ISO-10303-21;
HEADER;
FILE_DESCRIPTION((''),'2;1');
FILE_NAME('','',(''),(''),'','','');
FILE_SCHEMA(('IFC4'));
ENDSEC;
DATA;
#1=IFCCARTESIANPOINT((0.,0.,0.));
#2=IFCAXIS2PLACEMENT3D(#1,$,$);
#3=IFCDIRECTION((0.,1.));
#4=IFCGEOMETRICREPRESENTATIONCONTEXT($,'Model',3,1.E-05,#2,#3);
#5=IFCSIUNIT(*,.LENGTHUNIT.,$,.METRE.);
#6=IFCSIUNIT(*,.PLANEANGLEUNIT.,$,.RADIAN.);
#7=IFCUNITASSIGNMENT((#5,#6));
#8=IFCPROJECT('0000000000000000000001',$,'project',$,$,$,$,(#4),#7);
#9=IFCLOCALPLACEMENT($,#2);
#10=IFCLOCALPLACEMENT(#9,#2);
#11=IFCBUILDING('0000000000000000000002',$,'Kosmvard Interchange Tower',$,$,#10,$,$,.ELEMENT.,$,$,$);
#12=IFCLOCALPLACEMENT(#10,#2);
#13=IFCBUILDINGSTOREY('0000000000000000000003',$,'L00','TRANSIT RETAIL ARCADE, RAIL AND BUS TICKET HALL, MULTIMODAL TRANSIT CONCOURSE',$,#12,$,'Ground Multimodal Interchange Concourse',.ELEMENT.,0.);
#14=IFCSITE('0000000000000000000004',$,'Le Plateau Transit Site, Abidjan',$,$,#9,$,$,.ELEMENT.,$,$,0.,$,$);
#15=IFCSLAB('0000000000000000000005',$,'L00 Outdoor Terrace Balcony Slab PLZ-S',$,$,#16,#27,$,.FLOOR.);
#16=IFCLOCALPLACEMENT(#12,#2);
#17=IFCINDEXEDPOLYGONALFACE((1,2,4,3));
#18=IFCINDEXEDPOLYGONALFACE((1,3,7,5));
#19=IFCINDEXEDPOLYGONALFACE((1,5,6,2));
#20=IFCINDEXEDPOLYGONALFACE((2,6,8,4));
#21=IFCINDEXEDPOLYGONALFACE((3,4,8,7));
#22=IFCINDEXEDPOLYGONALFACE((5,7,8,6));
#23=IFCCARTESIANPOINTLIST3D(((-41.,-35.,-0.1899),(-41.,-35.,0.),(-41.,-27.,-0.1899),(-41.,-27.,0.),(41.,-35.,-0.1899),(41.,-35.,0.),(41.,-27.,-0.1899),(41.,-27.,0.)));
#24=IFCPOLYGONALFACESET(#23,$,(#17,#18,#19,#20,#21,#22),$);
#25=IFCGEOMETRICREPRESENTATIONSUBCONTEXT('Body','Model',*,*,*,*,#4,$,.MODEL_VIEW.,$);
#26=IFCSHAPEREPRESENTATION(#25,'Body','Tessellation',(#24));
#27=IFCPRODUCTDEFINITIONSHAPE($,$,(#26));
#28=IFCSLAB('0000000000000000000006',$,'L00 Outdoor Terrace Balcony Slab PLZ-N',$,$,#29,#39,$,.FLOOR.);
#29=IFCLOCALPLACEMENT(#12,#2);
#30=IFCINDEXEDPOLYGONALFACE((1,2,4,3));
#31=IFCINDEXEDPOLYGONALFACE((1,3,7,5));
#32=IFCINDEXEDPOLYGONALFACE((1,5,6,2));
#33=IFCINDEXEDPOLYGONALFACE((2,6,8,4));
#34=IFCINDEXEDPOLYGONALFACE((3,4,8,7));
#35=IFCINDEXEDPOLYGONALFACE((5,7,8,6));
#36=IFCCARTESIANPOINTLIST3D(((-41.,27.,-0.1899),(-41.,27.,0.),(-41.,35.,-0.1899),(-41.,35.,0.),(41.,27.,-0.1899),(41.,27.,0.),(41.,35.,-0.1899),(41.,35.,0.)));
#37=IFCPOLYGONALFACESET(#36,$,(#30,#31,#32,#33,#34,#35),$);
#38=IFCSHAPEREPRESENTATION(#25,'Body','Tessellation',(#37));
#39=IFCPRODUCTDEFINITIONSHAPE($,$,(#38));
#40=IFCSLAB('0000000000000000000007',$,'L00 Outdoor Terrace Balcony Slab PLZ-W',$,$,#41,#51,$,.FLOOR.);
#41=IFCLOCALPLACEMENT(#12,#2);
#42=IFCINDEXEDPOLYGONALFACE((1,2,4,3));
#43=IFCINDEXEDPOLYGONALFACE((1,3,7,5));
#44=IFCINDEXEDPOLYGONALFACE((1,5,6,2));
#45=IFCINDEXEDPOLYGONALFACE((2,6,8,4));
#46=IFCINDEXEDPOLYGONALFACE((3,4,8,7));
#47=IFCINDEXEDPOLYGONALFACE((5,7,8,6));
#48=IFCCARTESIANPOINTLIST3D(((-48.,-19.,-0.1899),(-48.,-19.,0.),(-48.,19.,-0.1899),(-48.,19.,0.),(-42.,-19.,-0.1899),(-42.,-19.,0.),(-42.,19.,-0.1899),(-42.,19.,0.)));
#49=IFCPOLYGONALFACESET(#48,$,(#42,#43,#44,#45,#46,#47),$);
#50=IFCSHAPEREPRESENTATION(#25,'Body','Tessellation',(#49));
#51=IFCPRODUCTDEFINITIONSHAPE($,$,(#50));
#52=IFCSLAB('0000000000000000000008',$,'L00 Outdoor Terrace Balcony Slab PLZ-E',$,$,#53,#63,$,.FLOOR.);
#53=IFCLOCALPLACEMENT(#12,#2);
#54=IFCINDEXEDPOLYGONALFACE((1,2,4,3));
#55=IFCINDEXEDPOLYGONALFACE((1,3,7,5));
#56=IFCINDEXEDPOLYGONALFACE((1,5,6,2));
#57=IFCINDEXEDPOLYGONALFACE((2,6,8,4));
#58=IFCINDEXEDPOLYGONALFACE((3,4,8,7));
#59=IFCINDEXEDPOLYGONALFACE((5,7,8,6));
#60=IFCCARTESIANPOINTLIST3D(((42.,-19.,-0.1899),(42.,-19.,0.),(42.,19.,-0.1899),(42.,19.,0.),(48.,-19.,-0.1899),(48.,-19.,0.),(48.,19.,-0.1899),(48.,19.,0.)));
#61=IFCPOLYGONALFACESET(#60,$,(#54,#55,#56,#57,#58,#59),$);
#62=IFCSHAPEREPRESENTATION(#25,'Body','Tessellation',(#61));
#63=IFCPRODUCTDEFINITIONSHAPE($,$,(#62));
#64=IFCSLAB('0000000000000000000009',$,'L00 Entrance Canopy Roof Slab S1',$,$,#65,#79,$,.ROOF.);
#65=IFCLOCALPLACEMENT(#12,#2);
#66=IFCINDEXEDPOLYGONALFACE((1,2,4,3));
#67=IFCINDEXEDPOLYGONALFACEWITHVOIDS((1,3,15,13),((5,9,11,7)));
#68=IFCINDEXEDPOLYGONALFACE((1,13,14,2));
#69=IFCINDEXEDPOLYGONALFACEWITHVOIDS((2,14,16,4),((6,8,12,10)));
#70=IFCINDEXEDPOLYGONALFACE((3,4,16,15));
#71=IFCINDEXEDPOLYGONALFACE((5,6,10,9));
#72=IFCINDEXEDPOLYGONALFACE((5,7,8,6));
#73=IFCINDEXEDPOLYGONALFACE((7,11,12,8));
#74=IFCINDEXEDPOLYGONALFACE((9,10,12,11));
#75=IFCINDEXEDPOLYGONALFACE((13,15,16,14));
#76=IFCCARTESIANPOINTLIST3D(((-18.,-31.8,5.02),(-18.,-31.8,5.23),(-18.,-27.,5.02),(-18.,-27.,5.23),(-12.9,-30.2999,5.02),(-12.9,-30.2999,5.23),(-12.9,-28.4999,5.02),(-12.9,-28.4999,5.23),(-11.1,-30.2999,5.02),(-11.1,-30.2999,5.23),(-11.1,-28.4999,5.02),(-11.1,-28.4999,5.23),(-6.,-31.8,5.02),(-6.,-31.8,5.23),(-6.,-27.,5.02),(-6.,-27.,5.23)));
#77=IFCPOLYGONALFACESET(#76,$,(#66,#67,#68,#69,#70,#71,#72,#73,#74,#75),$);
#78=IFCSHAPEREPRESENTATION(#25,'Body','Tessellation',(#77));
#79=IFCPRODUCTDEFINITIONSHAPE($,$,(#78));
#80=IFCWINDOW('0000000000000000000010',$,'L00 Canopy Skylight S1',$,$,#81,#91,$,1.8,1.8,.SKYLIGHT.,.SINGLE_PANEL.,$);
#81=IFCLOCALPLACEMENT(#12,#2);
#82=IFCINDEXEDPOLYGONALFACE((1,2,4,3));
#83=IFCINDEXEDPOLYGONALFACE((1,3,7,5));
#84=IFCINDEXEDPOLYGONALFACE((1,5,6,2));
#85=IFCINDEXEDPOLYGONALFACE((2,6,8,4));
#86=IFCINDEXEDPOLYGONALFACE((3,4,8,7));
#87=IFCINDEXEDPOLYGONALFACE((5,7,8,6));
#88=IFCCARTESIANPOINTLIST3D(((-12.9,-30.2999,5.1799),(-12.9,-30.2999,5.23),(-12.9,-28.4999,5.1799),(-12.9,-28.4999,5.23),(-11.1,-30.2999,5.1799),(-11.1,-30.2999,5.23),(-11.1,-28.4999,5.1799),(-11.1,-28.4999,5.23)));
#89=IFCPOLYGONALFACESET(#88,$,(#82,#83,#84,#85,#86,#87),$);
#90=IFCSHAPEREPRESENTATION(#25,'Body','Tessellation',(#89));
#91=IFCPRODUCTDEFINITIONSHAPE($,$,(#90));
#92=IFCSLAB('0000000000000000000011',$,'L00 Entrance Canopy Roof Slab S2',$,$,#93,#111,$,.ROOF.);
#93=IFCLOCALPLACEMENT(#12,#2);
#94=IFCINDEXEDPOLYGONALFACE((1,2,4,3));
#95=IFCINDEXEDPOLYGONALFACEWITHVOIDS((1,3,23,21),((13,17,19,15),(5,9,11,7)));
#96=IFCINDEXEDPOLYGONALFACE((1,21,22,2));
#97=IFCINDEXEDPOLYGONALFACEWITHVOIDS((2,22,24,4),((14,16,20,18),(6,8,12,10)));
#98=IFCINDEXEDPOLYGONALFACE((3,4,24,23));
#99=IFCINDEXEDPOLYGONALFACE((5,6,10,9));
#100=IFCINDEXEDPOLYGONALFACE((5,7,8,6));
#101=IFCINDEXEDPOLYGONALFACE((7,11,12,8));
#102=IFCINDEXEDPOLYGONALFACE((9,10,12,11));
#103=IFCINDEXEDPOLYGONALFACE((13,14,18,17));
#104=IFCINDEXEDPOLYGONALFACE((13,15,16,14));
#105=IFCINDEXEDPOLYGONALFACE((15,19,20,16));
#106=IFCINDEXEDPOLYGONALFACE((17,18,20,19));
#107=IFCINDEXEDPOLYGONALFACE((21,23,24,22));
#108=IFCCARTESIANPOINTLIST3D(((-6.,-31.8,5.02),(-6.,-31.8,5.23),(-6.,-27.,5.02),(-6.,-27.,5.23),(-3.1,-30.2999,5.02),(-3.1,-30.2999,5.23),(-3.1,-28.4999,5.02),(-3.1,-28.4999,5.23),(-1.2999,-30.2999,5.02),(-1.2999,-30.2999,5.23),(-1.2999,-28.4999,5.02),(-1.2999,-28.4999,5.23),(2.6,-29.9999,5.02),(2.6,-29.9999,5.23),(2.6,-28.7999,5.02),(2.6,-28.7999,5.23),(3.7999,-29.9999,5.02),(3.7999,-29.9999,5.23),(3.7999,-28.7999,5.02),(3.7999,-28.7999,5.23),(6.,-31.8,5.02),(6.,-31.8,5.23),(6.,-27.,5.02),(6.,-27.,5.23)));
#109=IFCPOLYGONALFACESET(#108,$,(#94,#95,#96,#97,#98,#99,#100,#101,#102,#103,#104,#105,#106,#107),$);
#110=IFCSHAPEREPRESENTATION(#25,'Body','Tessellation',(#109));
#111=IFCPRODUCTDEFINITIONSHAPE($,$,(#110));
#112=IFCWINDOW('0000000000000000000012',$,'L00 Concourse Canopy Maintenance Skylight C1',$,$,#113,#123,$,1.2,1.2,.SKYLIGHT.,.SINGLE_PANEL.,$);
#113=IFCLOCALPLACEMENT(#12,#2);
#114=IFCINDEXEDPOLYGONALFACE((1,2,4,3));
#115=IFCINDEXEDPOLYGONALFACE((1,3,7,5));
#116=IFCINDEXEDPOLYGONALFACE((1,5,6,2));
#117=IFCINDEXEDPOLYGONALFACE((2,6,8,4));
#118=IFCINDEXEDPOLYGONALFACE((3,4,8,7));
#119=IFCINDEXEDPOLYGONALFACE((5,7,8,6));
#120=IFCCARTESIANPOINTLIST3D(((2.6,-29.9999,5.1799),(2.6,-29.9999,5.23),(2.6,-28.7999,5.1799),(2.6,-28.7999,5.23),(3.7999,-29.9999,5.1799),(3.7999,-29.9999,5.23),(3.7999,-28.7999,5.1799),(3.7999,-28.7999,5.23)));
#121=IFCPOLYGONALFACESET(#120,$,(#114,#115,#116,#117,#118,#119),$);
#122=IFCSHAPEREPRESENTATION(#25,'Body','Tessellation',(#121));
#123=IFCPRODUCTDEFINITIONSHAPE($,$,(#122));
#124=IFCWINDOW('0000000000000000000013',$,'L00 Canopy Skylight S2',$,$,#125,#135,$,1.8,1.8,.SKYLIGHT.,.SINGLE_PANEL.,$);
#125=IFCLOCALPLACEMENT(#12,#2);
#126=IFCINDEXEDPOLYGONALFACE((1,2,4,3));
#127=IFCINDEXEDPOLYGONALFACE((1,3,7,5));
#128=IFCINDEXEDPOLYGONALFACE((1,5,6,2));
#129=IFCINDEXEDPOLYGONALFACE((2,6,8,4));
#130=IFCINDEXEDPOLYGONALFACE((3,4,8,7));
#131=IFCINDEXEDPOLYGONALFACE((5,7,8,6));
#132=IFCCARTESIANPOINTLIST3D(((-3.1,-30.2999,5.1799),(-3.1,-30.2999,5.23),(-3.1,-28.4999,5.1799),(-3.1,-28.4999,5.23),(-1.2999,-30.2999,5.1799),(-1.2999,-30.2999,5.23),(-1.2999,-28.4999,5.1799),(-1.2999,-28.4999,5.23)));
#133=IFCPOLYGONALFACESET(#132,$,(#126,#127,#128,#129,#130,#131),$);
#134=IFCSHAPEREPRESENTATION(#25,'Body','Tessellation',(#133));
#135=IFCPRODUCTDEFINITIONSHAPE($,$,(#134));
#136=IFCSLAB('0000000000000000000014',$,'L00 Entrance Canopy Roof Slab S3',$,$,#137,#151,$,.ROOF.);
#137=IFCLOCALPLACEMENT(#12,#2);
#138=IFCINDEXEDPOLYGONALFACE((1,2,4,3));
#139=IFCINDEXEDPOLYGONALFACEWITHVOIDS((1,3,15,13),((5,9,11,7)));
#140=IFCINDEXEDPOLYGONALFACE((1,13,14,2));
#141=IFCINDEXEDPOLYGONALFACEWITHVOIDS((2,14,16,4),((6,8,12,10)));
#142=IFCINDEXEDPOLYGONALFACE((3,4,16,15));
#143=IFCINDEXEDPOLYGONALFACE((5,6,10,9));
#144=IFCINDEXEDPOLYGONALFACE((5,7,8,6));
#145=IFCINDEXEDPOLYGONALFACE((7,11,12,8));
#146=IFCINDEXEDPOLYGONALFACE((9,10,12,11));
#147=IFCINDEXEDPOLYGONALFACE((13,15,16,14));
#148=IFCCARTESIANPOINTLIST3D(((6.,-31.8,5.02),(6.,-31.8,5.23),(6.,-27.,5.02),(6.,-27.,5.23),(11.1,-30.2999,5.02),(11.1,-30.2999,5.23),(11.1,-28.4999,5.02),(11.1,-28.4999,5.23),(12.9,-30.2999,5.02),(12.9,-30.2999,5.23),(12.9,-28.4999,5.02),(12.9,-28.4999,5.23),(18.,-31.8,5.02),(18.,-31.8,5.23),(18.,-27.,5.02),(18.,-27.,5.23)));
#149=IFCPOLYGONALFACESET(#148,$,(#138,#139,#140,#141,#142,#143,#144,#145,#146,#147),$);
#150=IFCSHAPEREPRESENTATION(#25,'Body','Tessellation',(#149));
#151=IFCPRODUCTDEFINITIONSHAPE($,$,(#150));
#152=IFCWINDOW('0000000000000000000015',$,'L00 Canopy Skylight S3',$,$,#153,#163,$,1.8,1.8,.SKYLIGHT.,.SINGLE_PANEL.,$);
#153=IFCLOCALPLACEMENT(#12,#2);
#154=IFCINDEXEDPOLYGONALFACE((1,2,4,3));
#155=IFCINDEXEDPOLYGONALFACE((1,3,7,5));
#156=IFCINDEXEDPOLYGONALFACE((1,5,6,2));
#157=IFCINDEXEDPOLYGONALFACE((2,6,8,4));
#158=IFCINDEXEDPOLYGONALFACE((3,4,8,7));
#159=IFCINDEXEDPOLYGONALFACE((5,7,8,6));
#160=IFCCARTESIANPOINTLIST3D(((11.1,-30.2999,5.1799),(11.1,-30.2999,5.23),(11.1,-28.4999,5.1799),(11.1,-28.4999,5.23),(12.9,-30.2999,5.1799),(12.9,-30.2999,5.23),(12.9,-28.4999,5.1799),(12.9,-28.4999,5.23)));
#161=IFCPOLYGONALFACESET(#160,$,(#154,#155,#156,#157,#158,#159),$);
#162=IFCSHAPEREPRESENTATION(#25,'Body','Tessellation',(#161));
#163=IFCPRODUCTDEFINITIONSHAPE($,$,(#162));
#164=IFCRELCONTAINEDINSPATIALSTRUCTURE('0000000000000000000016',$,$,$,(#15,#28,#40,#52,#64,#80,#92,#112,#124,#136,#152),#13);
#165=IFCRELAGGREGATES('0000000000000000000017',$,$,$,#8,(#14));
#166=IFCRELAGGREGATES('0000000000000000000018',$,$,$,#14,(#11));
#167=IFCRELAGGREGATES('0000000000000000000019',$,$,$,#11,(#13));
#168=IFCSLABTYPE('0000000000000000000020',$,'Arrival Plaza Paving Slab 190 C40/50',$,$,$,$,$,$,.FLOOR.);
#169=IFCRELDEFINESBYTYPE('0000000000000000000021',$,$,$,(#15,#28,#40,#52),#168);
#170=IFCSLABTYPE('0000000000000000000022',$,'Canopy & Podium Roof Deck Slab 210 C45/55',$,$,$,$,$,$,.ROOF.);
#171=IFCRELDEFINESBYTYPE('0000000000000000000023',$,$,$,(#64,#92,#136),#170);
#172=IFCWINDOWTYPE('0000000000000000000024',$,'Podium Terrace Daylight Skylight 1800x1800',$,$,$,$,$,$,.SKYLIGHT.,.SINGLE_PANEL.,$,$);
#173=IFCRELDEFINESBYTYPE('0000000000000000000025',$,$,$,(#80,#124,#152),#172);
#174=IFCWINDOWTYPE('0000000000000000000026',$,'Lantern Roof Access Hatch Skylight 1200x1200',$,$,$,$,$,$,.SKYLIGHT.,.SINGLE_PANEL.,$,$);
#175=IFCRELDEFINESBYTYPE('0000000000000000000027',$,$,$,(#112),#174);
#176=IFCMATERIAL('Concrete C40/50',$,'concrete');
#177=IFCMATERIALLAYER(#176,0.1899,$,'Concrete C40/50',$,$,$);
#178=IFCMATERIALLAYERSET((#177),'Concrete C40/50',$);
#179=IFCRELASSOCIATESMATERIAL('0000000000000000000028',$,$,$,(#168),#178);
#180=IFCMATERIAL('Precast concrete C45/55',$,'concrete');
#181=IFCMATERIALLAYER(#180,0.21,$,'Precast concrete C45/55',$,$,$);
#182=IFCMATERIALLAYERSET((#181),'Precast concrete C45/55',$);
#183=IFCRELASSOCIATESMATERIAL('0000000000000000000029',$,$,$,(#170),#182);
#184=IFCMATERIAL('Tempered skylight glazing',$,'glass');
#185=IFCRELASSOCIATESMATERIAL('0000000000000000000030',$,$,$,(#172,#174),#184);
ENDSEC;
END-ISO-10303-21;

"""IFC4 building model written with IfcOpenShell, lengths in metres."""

from ifc_helpers import new_model, si_unit, direction, frame, origin, origin_2d, place, context, subcontext, project, spatial, polyline, rectangle, outline, extrude, material, layer, layer_set, type_object, element, fill, save


model = new_model("IFC4")

# Units and contexts
model_context = context("Model", 3, precision=1e-05, world=origin(), true_north=direction((0.0, 1.0)))
body_context = subcontext(model_context, "Body", "Model", "MODEL_VIEW")
ifc_project = project(units=[si_unit("LENGTHUNIT", "METRE"), si_unit("PLANEANGLEUNIT", "RADIAN")], contexts=[model_context])

# Site, building, storey
site_placement = place(None, origin())
site = spatial("IfcSite", under=ifc_project, at=site_placement, Name="Le Plateau Transit Site, Abidjan", CompositionType="ELEMENT", RefElevation=0.0)
building_placement = place(site_placement, origin())
building = spatial("IfcBuilding", under=site, at=building_placement, Name="Kosmvard Interchange Tower", CompositionType="ELEMENT")
storey_placement = place(building_placement, origin())
storey = spatial("IfcBuildingStorey", under=building, at=storey_placement, Name="L00", Description="TRANSIT RETAIL ARCADE, RAIL AND BUS TICKET HALL, MULTIMODAL TRANSIT CONCOURSE", LongName="Ground Multimodal Interchange Concourse", CompositionType="ELEMENT", Elevation=0.0)

# Slabs
ifc_material_1 = material(Name="Concrete C40/50", Category="concrete")
ifc_layer_1 = layer(ifc_material_1, 0.1899, Name="Concrete C40/50")
ifc_layer_set_1 = layer_set([ifc_layer_1], Name="Concrete C40/50")
slab_type_1 = type_object("IfcSlabType", Name="Arrival Plaza Paving Slab 190 C40/50", PredefinedType="FLOOR", material=ifc_layer_set_1)
slab_1_placement = place(storey_placement, frame((0.0, 0.0, -0.1899)))
element("IfcSlab", 1, at=slab_1_placement, inside=storey, type_object=slab_type_1, Name="L00 Outdoor Terrace Balcony Slab PLZ-S", PredefinedType="FLOOR", context=body_context, shape_type="SweptSolid", body=[
    extrude(outline(polyline([(-41.0, -35.0), (41.0, -35.0), (41.0, -27.0), (-41.0, -27.0), (-41.0, -35.0)])), origin(), (0.0, 0.0, 1.0), 0.1899),
])
slab_2_placement = place(storey_placement, frame((0.0, 0.0, -0.1899)))
element("IfcSlab", 2, at=slab_2_placement, inside=storey, type_object=slab_type_1, Name="L00 Outdoor Terrace Balcony Slab PLZ-N", PredefinedType="FLOOR", context=body_context, shape_type="SweptSolid", body=[
    extrude(outline(polyline([(-41.0, 27.0), (41.0, 27.0), (41.0, 35.0), (-41.0, 35.0), (-41.0, 27.0)])), origin(), (0.0, 0.0, 1.0), 0.1899),
])
slab_3_placement = place(storey_placement, frame((0.0, 0.0, -0.1899)))
element("IfcSlab", 3, at=slab_3_placement, inside=storey, type_object=slab_type_1, Name="L00 Outdoor Terrace Balcony Slab PLZ-W", PredefinedType="FLOOR", context=body_context, shape_type="SweptSolid", body=[
    extrude(outline(polyline([(-48.0, -19.0), (-42.0, -19.0), (-42.0, 19.0), (-48.0, 19.0), (-48.0, -19.0)])), origin(), (0.0, 0.0, 1.0), 0.1899),
])
slab_4_placement = place(storey_placement, frame((0.0, 0.0, -0.1899)))
element("IfcSlab", 4, at=slab_4_placement, inside=storey, type_object=slab_type_1, Name="L00 Outdoor Terrace Balcony Slab PLZ-E", PredefinedType="FLOOR", context=body_context, shape_type="SweptSolid", body=[
    extrude(outline(polyline([(42.0, -19.0), (48.0, -19.0), (48.0, 19.0), (42.0, 19.0), (42.0, -19.0)])), origin(), (0.0, 0.0, 1.0), 0.1899),
])

# Slab, opening, window
ifc_material_2 = material(Name="Precast concrete C45/55", Category="concrete")
ifc_layer_2 = layer(ifc_material_2, 0.21, Name="Precast concrete C45/55")
ifc_layer_set_2 = layer_set([ifc_layer_2], Name="Precast concrete C45/55")
slab_type_2 = type_object("IfcSlabType", Name="Canopy & Podium Roof Deck Slab 210 C45/55", PredefinedType="ROOF", material=ifc_layer_set_2)
slab_5_placement = place(storey_placement, frame((0.0, 0.0, 5.02)))
slab_5 = element("IfcSlab", 5, at=slab_5_placement, inside=storey, type_object=slab_type_2, Name="L00 Entrance Canopy Roof Slab S1", PredefinedType="ROOF", context=body_context, shape_type="SweptSolid", body=[
    extrude(outline(polyline([(-18.0, -31.8), (-6.0, -31.8), (-6.0, -27.0), (-18.0, -27.0), (-18.0, -31.8)])), origin(), (0.0, 0.0, 1.0), 0.21),
])
opening_1_placement = place(slab_5_placement, frame((-12.0, -29.3999, -0.01)))
opening_1 = element("IfcOpeningElement", 6, at=opening_1_placement, cuts=slab_5, PredefinedType="OPENING", context=body_context, shape_type="SweptSolid", body=[
    extrude(rectangle(XDim=1.8, YDim=1.8, at=origin_2d()), origin(), (0.0, 0.0, 1.0), 0.23),
])
ifc_material_3 = material(Name="Tempered skylight glazing", Category="glass")
window_type_1 = type_object("IfcWindowType", Name="Podium Terrace Daylight Skylight 1800x1800", PartitioningType="SINGLE_PANEL", PredefinedType="SKYLIGHT", material=ifc_material_3)
window_1_placement = place(opening_1_placement, frame((0.0, 0.0, 0.1699)))
window_1 = element("IfcWindow", 7, at=window_1_placement, inside=storey, type_object=window_type_1, Name="L00 Canopy Skylight S1", OverallHeight=1.8, OverallWidth=1.8, PartitioningType="SINGLE_PANEL", PredefinedType="SKYLIGHT", context=body_context, shape_type="SweptSolid", body=[
    extrude(rectangle(XDim=1.8, YDim=1.8, at=origin_2d()), origin(), (0.0, 0.0, 1.0), 0.05),
])
fill(opening_1, window_1)

# Slab, openings, windows
slab_6_placement = place(storey_placement, frame((0.0, 0.0, 5.02)))
slab_6 = element("IfcSlab", 8, at=slab_6_placement, inside=storey, type_object=slab_type_2, Name="L00 Entrance Canopy Roof Slab S2", PredefinedType="ROOF", context=body_context, shape_type="SweptSolid", body=[
    extrude(outline(polyline([(-6.0, -31.8), (6.0, -31.8), (6.0, -27.0), (-6.0, -27.0), (-6.0, -31.8)])), origin(), (0.0, 0.0, 1.0), 0.21),
])
opening_2_placement = place(slab_6_placement, frame((-2.2, -29.3999, -0.01)))
opening_2 = element("IfcOpeningElement", 9, at=opening_2_placement, cuts=slab_6, PredefinedType="OPENING", context=body_context, shape_type="SweptSolid", body=[
    extrude(rectangle(XDim=1.8, YDim=1.8, at=origin_2d()), origin(), (0.0, 0.0, 1.0), 0.23),
])
opening_3_placement = place(slab_6_placement, frame((3.2, -29.3999, -0.01)))
opening_3 = element("IfcOpeningElement", 10, at=opening_3_placement, cuts=slab_6, PredefinedType="OPENING", context=body_context, shape_type="SweptSolid", body=[
    extrude(rectangle(XDim=1.2, YDim=1.2, at=origin_2d()), origin(), (0.0, 0.0, 1.0), 0.23),
])
window_type_2 = type_object("IfcWindowType", Name="Lantern Roof Access Hatch Skylight 1200x1200", PartitioningType="SINGLE_PANEL", PredefinedType="SKYLIGHT", material=ifc_material_3)
window_2_placement = place(opening_3_placement, frame((0.0, 0.0, 0.1699)))
window_2 = element("IfcWindow", 11, at=window_2_placement, inside=storey, type_object=window_type_2, Name="L00 Concourse Canopy Maintenance Skylight C1", OverallHeight=1.2, OverallWidth=1.2, PartitioningType="SINGLE_PANEL", PredefinedType="SKYLIGHT", context=body_context, shape_type="SweptSolid", body=[
    extrude(rectangle(XDim=1.2, YDim=1.2, at=origin_2d()), origin(), (0.0, 0.0, 1.0), 0.05),
])
fill(opening_3, window_2)
window_3_placement = place(opening_2_placement, frame((0.0, 0.0, 0.1699)))
window_3 = element("IfcWindow", 12, at=window_3_placement, inside=storey, type_object=window_type_1, Name="L00 Canopy Skylight S2", OverallHeight=1.8, OverallWidth=1.8, PartitioningType="SINGLE_PANEL", PredefinedType="SKYLIGHT", context=body_context, shape_type="SweptSolid", body=[
    extrude(rectangle(XDim=1.8, YDim=1.8, at=origin_2d()), origin(), (0.0, 0.0, 1.0), 0.05),
])
fill(opening_2, window_3)

# Slab, opening, window
slab_7_placement = place(storey_placement, frame((0.0, 0.0, 5.02)))
slab_7 = element("IfcSlab", 13, at=slab_7_placement, inside=storey, type_object=slab_type_2, Name="L00 Entrance Canopy Roof Slab S3", PredefinedType="ROOF", context=body_context, shape_type="SweptSolid", body=[
    extrude(outline(polyline([(6.0, -31.8), (18.0, -31.8), (18.0, -27.0), (6.0, -27.0), (6.0, -31.8)])), origin(), (0.0, 0.0, 1.0), 0.21),
])
opening_4_placement = place(slab_7_placement, frame((12.0, -29.3999, -0.01)))
opening_4 = element("IfcOpeningElement", 14, at=opening_4_placement, cuts=slab_7, PredefinedType="OPENING", context=body_context, shape_type="SweptSolid", body=[
    extrude(rectangle(XDim=1.8, YDim=1.8, at=origin_2d()), origin(), (0.0, 0.0, 1.0), 0.23),
])
window_4_placement = place(opening_4_placement, frame((0.0, 0.0, 0.1699)))
window_4 = element("IfcWindow", 15, at=window_4_placement, inside=storey, type_object=window_type_1, Name="L00 Canopy Skylight S3", OverallHeight=1.8, OverallWidth=1.8, PartitioningType="SINGLE_PANEL", PredefinedType="SKYLIGHT", context=body_context, shape_type="SweptSolid", body=[
    extrude(rectangle(XDim=1.8, YDim=1.8, at=origin_2d()), origin(), (0.0, 0.0, 1.0), 0.05),
])
fill(opening_4, window_4)

save(model, "model.ifc")
